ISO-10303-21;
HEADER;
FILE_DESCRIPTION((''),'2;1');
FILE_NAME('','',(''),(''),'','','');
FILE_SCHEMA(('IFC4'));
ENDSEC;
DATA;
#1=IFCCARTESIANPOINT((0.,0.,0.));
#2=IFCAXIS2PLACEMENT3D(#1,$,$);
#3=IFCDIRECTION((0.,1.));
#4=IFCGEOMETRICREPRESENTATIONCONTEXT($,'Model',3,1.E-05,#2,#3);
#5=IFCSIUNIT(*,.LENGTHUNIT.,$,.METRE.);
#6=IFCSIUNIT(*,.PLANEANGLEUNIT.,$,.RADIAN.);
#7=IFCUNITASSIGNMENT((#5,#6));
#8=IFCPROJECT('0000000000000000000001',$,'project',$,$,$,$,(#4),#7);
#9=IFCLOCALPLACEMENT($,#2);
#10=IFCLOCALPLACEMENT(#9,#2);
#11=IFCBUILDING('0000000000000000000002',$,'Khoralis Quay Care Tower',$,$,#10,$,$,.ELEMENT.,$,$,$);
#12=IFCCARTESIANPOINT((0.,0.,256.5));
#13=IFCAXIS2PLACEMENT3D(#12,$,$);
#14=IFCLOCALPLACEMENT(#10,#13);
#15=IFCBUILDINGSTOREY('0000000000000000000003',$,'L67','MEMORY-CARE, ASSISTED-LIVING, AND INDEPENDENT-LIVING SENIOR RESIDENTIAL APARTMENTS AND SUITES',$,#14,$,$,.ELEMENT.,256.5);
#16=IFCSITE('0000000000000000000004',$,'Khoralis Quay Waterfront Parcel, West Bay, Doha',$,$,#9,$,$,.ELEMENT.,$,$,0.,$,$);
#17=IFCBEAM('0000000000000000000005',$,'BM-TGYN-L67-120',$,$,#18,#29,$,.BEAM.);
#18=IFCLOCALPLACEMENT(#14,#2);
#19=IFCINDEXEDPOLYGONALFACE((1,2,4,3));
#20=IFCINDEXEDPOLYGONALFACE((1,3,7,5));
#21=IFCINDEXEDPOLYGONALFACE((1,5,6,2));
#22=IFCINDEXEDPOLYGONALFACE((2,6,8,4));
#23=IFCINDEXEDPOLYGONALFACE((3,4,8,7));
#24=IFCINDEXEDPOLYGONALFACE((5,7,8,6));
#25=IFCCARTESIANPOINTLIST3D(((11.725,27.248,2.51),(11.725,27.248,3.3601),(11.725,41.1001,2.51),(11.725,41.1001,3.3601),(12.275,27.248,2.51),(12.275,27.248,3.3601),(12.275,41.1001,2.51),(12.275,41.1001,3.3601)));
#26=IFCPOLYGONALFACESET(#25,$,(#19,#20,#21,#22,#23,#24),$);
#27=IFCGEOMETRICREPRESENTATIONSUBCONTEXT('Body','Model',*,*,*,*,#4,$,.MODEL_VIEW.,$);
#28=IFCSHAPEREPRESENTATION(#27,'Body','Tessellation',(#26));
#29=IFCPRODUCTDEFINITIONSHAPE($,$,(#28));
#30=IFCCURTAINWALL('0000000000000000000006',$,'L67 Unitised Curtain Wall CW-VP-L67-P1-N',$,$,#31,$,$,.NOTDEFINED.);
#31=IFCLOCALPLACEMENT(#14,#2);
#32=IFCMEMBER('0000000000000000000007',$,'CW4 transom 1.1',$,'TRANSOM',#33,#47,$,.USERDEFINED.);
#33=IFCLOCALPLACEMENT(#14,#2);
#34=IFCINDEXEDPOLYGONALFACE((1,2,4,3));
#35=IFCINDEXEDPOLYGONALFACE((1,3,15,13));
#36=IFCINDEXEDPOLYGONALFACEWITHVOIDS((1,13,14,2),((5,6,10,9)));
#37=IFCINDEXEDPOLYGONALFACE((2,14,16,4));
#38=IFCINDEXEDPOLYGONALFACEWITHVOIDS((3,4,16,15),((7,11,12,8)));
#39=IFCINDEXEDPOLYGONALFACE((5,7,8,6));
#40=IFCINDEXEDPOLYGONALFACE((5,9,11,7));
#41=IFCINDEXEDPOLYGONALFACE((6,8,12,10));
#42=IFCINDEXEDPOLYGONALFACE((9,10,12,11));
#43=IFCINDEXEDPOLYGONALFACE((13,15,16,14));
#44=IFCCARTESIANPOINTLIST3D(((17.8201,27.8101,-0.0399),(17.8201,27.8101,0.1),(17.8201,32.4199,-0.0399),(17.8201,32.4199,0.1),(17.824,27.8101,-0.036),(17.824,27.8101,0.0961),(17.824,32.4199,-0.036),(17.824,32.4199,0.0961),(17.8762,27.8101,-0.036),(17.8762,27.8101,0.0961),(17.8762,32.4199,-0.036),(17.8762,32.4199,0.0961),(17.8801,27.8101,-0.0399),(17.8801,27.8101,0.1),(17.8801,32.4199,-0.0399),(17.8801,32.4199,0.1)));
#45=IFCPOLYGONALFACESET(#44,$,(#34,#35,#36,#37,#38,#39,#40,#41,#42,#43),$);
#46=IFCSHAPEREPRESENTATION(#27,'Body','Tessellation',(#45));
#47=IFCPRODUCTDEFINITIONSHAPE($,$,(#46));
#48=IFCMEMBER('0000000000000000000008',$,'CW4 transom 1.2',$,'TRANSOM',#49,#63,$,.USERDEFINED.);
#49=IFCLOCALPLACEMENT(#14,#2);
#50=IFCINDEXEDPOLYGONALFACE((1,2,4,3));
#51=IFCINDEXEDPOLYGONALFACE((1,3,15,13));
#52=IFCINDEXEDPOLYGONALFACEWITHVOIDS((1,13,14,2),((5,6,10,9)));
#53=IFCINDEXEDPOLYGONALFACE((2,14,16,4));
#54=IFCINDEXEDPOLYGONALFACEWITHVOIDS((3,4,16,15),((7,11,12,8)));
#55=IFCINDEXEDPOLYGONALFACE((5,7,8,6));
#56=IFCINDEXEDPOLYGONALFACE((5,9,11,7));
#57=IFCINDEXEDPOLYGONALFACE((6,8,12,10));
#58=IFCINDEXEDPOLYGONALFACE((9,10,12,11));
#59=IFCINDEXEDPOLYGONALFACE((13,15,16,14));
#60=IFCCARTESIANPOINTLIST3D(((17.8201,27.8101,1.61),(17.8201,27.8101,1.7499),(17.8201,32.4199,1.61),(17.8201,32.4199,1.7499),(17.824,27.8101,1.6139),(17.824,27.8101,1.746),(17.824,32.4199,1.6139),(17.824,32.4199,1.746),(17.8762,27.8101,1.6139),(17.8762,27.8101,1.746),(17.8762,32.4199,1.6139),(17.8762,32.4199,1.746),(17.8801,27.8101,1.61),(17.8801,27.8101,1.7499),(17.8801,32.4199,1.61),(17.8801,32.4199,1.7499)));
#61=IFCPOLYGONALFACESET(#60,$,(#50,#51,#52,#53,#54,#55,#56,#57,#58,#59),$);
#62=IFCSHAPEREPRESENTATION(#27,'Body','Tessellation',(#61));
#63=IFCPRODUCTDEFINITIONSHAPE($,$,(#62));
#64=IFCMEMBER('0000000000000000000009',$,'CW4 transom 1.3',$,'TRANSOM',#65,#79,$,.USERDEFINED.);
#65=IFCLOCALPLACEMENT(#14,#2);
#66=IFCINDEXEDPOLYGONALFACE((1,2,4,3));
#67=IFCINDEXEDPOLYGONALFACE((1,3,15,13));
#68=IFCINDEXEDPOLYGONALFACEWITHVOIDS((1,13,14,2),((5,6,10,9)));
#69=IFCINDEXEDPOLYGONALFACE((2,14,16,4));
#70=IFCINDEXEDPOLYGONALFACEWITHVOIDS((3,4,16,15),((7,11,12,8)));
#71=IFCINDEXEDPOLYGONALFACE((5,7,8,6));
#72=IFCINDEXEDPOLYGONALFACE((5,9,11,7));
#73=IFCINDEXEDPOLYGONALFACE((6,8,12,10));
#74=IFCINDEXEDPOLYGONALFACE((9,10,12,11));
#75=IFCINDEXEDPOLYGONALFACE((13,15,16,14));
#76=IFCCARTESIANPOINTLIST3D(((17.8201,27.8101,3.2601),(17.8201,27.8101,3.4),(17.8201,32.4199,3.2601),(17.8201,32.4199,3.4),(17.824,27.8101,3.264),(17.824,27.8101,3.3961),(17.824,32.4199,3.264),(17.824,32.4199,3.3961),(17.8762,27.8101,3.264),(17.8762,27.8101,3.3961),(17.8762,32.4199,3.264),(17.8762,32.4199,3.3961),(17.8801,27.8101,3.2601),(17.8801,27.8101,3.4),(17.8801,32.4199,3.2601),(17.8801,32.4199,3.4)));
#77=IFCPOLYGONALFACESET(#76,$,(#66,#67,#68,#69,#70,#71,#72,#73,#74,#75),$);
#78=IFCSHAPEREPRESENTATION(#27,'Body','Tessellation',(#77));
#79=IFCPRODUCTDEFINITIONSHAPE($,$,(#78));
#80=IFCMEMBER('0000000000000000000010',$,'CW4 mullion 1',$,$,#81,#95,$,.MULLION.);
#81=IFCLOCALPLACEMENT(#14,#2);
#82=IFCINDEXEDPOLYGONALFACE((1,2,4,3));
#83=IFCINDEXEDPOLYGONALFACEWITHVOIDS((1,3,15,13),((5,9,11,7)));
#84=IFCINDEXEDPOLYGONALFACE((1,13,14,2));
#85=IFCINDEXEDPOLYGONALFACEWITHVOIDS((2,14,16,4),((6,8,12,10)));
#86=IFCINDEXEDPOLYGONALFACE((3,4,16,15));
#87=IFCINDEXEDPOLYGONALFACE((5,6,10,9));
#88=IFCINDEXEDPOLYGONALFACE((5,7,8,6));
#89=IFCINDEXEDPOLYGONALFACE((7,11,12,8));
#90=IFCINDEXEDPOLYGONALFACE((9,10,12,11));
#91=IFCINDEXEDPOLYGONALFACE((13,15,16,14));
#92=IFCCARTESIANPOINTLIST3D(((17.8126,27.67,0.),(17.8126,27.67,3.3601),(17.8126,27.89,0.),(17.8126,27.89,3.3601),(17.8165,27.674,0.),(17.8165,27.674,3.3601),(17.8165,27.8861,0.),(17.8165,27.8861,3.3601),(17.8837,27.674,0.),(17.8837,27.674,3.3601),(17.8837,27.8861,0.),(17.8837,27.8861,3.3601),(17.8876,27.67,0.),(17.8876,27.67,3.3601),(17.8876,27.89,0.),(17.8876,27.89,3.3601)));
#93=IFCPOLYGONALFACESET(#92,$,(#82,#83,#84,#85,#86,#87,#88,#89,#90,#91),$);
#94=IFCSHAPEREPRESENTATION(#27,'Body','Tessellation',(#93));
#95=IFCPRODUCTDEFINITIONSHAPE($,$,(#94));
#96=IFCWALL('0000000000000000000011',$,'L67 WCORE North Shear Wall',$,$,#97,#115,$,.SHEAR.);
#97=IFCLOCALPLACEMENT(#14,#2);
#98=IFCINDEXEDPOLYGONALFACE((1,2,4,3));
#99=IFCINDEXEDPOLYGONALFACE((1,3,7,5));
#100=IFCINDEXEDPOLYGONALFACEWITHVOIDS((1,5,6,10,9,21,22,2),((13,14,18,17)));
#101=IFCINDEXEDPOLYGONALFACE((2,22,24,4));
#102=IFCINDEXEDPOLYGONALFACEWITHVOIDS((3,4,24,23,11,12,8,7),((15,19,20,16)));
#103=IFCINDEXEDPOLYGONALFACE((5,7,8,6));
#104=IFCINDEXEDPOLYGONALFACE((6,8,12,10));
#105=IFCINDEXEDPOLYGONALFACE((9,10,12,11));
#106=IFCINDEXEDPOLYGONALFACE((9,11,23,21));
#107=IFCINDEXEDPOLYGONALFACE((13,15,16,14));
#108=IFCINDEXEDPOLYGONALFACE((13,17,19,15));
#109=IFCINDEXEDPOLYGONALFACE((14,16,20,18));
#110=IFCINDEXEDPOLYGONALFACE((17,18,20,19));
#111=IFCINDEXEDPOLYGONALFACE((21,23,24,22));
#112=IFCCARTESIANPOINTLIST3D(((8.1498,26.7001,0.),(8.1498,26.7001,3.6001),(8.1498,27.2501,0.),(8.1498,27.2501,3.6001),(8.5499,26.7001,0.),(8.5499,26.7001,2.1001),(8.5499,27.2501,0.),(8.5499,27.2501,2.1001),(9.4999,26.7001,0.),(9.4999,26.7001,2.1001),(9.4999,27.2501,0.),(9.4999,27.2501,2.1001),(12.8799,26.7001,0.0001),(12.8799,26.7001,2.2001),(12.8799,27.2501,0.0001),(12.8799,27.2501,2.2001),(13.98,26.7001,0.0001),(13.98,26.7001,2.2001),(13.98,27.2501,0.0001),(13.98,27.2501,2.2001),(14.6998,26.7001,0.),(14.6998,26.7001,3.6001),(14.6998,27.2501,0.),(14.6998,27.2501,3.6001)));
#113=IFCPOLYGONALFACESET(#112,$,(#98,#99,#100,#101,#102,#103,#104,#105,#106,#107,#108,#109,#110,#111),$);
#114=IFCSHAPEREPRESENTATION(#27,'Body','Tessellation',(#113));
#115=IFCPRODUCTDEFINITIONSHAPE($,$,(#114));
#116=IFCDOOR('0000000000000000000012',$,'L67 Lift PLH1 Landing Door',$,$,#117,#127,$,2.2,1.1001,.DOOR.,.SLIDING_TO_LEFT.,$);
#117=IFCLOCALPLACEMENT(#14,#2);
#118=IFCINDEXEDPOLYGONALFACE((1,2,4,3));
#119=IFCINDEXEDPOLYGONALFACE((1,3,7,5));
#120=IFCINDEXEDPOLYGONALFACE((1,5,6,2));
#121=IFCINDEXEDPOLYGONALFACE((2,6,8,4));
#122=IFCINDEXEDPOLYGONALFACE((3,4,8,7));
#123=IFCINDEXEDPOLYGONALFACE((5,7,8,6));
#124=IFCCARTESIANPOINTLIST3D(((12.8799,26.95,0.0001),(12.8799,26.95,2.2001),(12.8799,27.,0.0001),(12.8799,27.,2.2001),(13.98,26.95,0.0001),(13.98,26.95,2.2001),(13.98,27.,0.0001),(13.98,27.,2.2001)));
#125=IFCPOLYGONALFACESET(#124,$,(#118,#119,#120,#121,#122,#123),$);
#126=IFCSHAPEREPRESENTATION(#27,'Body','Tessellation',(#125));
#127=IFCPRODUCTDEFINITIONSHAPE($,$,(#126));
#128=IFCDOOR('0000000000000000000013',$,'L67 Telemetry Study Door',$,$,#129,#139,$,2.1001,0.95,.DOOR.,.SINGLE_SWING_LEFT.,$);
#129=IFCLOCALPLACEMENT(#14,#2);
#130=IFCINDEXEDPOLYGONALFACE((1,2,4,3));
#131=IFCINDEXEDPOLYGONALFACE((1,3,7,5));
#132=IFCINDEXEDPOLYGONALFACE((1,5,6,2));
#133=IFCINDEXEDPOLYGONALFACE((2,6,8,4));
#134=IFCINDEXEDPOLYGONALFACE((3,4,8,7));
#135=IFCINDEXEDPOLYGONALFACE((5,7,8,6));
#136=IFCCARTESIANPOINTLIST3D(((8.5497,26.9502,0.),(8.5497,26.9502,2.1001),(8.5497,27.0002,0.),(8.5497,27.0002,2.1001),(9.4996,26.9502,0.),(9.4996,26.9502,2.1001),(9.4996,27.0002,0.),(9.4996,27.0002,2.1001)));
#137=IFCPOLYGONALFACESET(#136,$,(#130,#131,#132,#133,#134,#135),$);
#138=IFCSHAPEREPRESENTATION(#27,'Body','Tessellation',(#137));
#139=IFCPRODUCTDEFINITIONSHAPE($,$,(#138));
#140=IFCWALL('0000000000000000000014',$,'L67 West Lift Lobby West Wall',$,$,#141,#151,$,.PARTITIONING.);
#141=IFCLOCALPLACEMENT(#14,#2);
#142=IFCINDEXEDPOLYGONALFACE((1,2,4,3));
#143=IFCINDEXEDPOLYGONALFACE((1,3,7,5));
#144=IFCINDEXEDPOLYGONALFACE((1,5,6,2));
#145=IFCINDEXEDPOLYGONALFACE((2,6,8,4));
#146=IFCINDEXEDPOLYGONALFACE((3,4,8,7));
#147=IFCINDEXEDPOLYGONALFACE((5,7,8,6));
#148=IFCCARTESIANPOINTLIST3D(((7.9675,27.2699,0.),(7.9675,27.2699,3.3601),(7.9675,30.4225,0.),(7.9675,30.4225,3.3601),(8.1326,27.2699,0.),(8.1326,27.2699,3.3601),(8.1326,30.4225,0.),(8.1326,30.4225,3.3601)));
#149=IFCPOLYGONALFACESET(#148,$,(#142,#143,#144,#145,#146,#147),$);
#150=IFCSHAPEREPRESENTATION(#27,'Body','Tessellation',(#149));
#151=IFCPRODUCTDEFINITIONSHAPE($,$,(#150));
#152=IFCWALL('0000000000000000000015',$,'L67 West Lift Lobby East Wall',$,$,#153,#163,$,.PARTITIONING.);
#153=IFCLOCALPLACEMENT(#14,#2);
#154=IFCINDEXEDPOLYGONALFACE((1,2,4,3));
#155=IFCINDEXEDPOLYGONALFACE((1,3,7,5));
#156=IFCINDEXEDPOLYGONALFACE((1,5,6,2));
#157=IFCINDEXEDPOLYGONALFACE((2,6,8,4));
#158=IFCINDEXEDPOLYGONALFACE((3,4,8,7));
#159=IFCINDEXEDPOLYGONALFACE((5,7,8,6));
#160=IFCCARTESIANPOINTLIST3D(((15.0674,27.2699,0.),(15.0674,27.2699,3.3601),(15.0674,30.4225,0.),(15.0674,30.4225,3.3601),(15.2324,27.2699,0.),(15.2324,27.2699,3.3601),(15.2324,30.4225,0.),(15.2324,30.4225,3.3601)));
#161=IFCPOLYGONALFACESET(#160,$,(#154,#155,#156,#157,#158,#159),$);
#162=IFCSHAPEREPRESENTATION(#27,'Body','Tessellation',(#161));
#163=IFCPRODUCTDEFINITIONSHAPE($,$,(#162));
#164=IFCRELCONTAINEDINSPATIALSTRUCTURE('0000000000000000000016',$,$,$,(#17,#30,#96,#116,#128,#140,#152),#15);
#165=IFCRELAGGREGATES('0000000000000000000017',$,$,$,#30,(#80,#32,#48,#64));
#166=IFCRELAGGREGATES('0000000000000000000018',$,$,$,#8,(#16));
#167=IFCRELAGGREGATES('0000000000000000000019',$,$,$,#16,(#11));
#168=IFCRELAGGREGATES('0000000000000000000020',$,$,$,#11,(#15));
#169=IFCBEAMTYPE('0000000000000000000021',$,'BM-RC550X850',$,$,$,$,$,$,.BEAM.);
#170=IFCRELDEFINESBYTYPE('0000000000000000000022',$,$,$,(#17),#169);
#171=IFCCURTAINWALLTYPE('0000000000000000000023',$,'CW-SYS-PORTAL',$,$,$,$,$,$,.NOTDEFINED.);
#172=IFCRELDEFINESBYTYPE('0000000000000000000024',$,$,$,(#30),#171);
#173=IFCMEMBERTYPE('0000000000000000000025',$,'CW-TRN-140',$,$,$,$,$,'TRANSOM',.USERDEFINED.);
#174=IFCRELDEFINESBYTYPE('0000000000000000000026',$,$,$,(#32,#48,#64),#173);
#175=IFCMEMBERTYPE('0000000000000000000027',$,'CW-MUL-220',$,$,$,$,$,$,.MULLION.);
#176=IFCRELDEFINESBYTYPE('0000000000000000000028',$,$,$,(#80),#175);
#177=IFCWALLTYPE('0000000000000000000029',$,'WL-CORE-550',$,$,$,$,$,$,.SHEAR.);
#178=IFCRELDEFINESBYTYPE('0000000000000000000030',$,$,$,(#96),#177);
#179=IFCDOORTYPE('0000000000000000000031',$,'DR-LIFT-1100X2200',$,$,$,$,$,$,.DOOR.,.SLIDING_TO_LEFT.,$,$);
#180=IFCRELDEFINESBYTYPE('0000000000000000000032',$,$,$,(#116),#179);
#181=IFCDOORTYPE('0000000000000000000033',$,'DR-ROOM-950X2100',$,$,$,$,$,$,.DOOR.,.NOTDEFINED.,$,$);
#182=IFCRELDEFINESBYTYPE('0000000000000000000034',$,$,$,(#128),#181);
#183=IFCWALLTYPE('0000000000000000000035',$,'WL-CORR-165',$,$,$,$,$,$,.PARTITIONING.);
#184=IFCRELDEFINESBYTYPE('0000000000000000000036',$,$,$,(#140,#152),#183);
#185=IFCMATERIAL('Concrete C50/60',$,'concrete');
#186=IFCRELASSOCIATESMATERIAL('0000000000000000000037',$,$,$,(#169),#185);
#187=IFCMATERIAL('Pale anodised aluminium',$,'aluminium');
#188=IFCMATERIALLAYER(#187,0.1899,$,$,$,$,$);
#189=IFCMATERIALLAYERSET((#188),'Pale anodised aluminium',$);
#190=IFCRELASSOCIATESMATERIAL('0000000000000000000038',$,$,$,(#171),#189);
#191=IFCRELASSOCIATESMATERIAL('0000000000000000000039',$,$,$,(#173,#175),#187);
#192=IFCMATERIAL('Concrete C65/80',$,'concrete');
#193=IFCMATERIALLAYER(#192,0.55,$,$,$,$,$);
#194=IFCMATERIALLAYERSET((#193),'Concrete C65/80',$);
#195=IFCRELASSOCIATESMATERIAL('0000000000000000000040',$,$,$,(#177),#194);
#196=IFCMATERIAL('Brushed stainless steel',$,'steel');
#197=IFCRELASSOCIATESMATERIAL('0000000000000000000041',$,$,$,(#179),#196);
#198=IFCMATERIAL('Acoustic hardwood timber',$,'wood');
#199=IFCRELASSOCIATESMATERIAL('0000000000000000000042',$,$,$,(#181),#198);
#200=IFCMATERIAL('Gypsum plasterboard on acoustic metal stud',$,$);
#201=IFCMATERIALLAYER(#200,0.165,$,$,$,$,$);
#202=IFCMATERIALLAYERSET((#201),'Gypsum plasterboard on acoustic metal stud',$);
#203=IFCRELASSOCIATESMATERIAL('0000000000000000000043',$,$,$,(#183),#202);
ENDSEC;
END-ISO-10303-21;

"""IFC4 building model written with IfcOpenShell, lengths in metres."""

from ifc_helpers import new_model, si_unit, direction, frame, frame_2d, origin, origin_2d, place, context, subcontext, project, spatial, rectangle, hollow_rectangle, extrude, source, transform, mapped, material, layer, layer_set, material_profile, profile_set, type_object, element, fill, aggregate, save


model = new_model("IFC4")

# Units and contexts
model_context = context("Model", 3, precision=1e-05, world=origin(), true_north=direction((0.0, 1.0)))
body_context = subcontext(model_context, "Body", "Model", "MODEL_VIEW")
ifc_project = project(units=[si_unit("LENGTHUNIT", "METRE"), si_unit("PLANEANGLEUNIT", "RADIAN")], contexts=[model_context])

# Site, building, storey
site_placement = place(None, origin())
site = spatial("IfcSite", under=ifc_project, at=site_placement, Name="Khoralis Quay Waterfront Parcel, West Bay, Doha", CompositionType="ELEMENT", RefElevation=0.0)
building_placement = place(site_placement, origin())
building = spatial("IfcBuilding", under=site, at=building_placement, Name="Khoralis Quay Care Tower", CompositionType="ELEMENT")
storey_placement = place(building_placement, frame((0.0, 0.0, 256.5)))
storey = spatial("IfcBuildingStorey", under=building, at=storey_placement, Name="L67", Description="MEMORY-CARE, ASSISTED-LIVING, AND INDEPENDENT-LIVING SENIOR RESIDENTIAL APARTMENTS AND SUITES", CompositionType="ELEMENT", Elevation=256.5)

# Shared definitions
ifc_material_1 = material(Name="Concrete C50/60", Category="concrete")

# Beam
ifc_material_profile_1 = material_profile(ifc_material_1, rectangle(XDim=0.55, YDim=0.8501, at=origin_2d()), Name="Concrete C50/60")
ifc_profile_set_1 = profile_set([ifc_material_profile_1], Name="Concrete C50/60")
beam_type_1 = type_object("IfcBeamType", Name="BM-RC550X850", PredefinedType="BEAM", material=ifc_profile_set_1)
shared_shape_1 = source(origin(), body_context, "Body", "SweptSolid", [
    extrude(rectangle(XDim=0.55, YDim=0.8501, at=origin_2d()), origin(), (0.0, 0.0, 1.0), 13.8521),
])
beam_1_placement = place(storey_placement, frame((12.0, 27.248, 2.9351), z_axis=(0.0, 1.0, 0.0), x_axis=(-1.0, 0.0, 0.0)))
element("IfcBeam", 1, at=beam_1_placement, inside=storey, type_object=beam_type_1, Name="BM-TGYN-L67-120", PredefinedType="BEAM", context=body_context, shape_type="MappedRepresentation", body=[
    mapped(shared_shape_1, transform((0.0, 0.0, 0.0), scale=1.0)),
])

# Curtain wall, members
ifc_material_2 = material(Name="Pale anodised aluminium", Category="aluminium")
ifc_layer_1 = layer(ifc_material_2, 0.1899)
ifc_layer_set_1 = layer_set([ifc_layer_1], Name="Pale anodised aluminium")
curtain_wall_type = type_object("IfcCurtainWallType", Name="CW-SYS-PORTAL", PredefinedType="NOTDEFINED", material=ifc_layer_set_1)
curtain_wall_placement = place(storey_placement, origin())
curtain_wall = element("IfcCurtainWall", 2, at=curtain_wall_placement, inside=storey, type_object=curtain_wall_type, Name="L67 Unitised Curtain Wall CW-VP-L67-P1-N", PredefinedType="NOTDEFINED")
ifc_material_profile_2 = material_profile(ifc_material_2, hollow_rectangle(XDim=0.0601, YDim=0.1399, WallThickness=0.0039, at=origin_2d()), Name="Pale anodised aluminium")
ifc_profile_set_2 = profile_set([ifc_material_profile_2], Name="Pale anodised aluminium")
member_type_1 = type_object("IfcMemberType", Name="CW-TRN-140", ElementType="TRANSOM", PredefinedType="USERDEFINED", material=ifc_profile_set_2)
shared_shape_2 = source(origin(), body_context, "Body", "SweptSolid", [
    extrude(hollow_rectangle(XDim=0.0601, YDim=0.1399, WallThickness=0.0039, at=origin_2d()), origin(), (0.0, 0.0, 1.0), 4.6099),
])
member_1_placement = place(storey_placement, frame((17.8501, 27.8101, 0.03), z_axis=(0.0, 1.0, 0.0), x_axis=(-1.0, 0.0, 0.0)))
member_1 = element("IfcMember", 3, at=member_1_placement, type_object=member_type_1, Name="CW4 transom 1.1", ObjectType="TRANSOM", PredefinedType="USERDEFINED", context=body_context, shape_type="MappedRepresentation", body=[
    mapped(shared_shape_2, transform((0.0, 0.0, 0.0), scale=1.0)),
])
member_2_placement = place(storey_placement, frame((17.8501, 27.8101, 1.6799), z_axis=(0.0, 1.0, 0.0), x_axis=(-1.0, 0.0, 0.0)))
member_2 = element("IfcMember", 4, at=member_2_placement, type_object=member_type_1, Name="CW4 transom 1.2", ObjectType="TRANSOM", PredefinedType="USERDEFINED", context=body_context, shape_type="MappedRepresentation", body=[
    mapped(shared_shape_2, transform((0.0, 0.0, 0.0), scale=1.0)),
])
member_3_placement = place(storey_placement, frame((17.8501, 27.8101, 3.3301), z_axis=(0.0, 1.0, 0.0), x_axis=(-1.0, 0.0, 0.0)))
member_3 = element("IfcMember", 5, at=member_3_placement, type_object=member_type_1, Name="CW4 transom 1.3", ObjectType="TRANSOM", PredefinedType="USERDEFINED", context=body_context, shape_type="MappedRepresentation", body=[
    mapped(shared_shape_2, transform((0.0, 0.0, 0.0), scale=1.0)),
])
ifc_material_profile_3 = material_profile(ifc_material_2, hollow_rectangle(XDim=0.075, YDim=0.22, WallThickness=0.0039, at=origin_2d()), Name="Pale anodised aluminium")
ifc_profile_set_3 = profile_set([ifc_material_profile_3], Name="Pale anodised aluminium")
member_type_2 = type_object("IfcMemberType", Name="CW-MUL-220", PredefinedType="MULLION", material=ifc_profile_set_3)
shared_shape_3 = source(origin(), body_context, "Body", "SweptSolid", [
    extrude(hollow_rectangle(XDim=0.075, YDim=0.22, WallThickness=0.0039, at=origin_2d()), origin(), (0.0, 0.0, 1.0), 3.3601),
])
member_4_placement = place(storey_placement, frame((17.8501, 27.78, 0.0), z_axis=(0.0, 0.0, 1.0), x_axis=(-1.0, 0.0, 0.0)))
member_4 = element("IfcMember", 6, at=member_4_placement, type_object=member_type_2, Name="CW4 mullion 1", PredefinedType="MULLION", context=body_context, shape_type="MappedRepresentation", body=[
    mapped(shared_shape_3, transform((0.0, 0.0, 0.0), scale=1.0)),
])
aggregate(curtain_wall, [member_4, member_1, member_2, member_3])

# Wall, openings, doors
ifc_material_3 = material(Name="Concrete C65/80", Category="concrete")
ifc_layer_2 = layer(ifc_material_3, 0.55)
ifc_layer_set_2 = layer_set([ifc_layer_2], Name="Concrete C65/80")
wall_type_1 = type_object("IfcWallType", Name="WL-CORE-550", PredefinedType="SHEAR", material=ifc_layer_set_2)
wall_1_placement = place(storey_placement, frame((8.1499, 26.9751, 0.0), z_axis=(0.0, 0.0, 1.0), x_axis=(1.0, 0.0, 0.0)))
wall_1 = element("IfcWall", 7, at=wall_1_placement, inside=storey, type_object=wall_type_1, Name="L67 WCORE North Shear Wall", PredefinedType="SHEAR", context=body_context, shape_type="SweptSolid", body=[
    extrude(rectangle(XDim=6.55, YDim=0.55, at=frame_2d((3.2749, 0.0))), origin(), (0.0, 0.0, 1.0), 3.6001),
])
opening_1_placement = place(wall_1_placement, frame((0.3999, 0.0, 0.0)))
opening_1 = element("IfcOpeningElement", 8, at=opening_1_placement, cuts=wall_1, PredefinedType="OPENING", context=body_context, shape_type="SweptSolid", body=[
    extrude(rectangle(XDim=0.95, YDim=2.1001, at=frame_2d((0.4751, 1.05))), frame((0.0, 0.2852, 0.0), z_axis=(0.0, -1.0, 0.0), x_axis=(1.0, 0.0, 0.0)), (0.0, 0.0, 1.0), 0.5701),
])
opening_2_placement = place(wall_1_placement, frame((4.73, 0.0, 0.0)))
opening_2 = element("IfcOpeningElement", 9, at=opening_2_placement, cuts=wall_1, PredefinedType="OPENING", context=body_context, shape_type="SweptSolid", body=[
    extrude(rectangle(XDim=1.1001, YDim=2.2, at=frame_2d((0.55, 1.1001))), frame((0.0, 0.2852, 0.0), z_axis=(0.0, -1.0, 0.0), x_axis=(1.0, 0.0, 0.0)), (0.0, 0.0, 1.0), 0.5701),
])
ifc_material_4 = material(Name="Brushed stainless steel", Category="steel")
door_type_1 = type_object("IfcDoorType", Name="DR-LIFT-1100X2200", OperationType="SLIDING_TO_LEFT", PredefinedType="DOOR", material=ifc_material_4)
shared_shape_4 = source(origin(), body_context, "Body", "SweptSolid", [
    extrude(rectangle(XDim=1.1001, YDim=2.2, at=frame_2d((0.55, 1.1001))), frame((0.0, 0.0249, 0.0), z_axis=(0.0, -1.0, 0.0), x_axis=(1.0, 0.0, 0.0)), (0.0, 0.0, 1.0), 0.05),
])
door_1_placement = place(opening_2_placement, origin())
door_1 = element("IfcDoor", 10, at=door_1_placement, inside=storey, type_object=door_type_1, Name="L67 Lift PLH1 Landing Door", OperationType="SLIDING_TO_LEFT", OverallHeight=2.2, OverallWidth=1.1001, PredefinedType="DOOR", context=body_context, shape_type="MappedRepresentation", body=[
    mapped(shared_shape_4, transform((0.0, 0.0, 0.0), scale=1.0)),
])
fill(opening_2, door_1)
ifc_material_5 = material(Name="Acoustic hardwood timber", Category="wood")
door_type_2 = type_object("IfcDoorType", Name="DR-ROOM-950X2100", OperationType="NOTDEFINED", PredefinedType="DOOR", material=ifc_material_5)
shared_shape_5 = source(origin(), body_context, "Body", "SweptSolid", [
    extrude(rectangle(XDim=0.95, YDim=2.1001, at=frame_2d((0.4751, 1.05))), frame((0.0, 0.0249, 0.0), z_axis=(0.0, -1.0, 0.0), x_axis=(1.0, 0.0, 0.0)), (0.0, 0.0, 1.0), 0.05),
])
door_2_placement = place(opening_1_placement, frame((0.95, 0.0, 0.0), z_axis=(0.0, 0.0, 1.0), x_axis=(-1.0, 0.0, 0.0)))
door_2 = element("IfcDoor", 11, at=door_2_placement, inside=storey, type_object=door_type_2, Name="L67 Telemetry Study Door", OperationType="SINGLE_SWING_LEFT", OverallHeight=2.1001, OverallWidth=0.95, PredefinedType="DOOR", context=body_context, shape_type="MappedRepresentation", body=[
    mapped(shared_shape_5, transform((0.0, 0.0, 0.0), scale=1.0)),
])
fill(opening_1, door_2)

# Walls
ifc_material_6 = material(Name="Gypsum plasterboard on acoustic metal stud")
ifc_layer_3 = layer(ifc_material_6, 0.165)
ifc_layer_set_3 = layer_set([ifc_layer_3], Name="Gypsum plasterboard on acoustic metal stud")
wall_type_2 = type_object("IfcWallType", Name="WL-CORR-165", PredefinedType="PARTITIONING", material=ifc_layer_set_3)
for number, where, z_axis, x_axis, name in (
    (12, (8.05, 27.27, 0.0), (0.0, 0.0, 1.0), (0.0, 1.0, 0.0), "L67 West Lift Lobby West Wall"),
    (13, (15.1499, 27.27, 0.0), (0.0, 0.0, 1.0), (0.0, 1.0, 0.0), "L67 West Lift Lobby East Wall"),
):
    element("IfcWall", number, at=place(storey_placement, frame(where, z_axis=z_axis, x_axis=x_axis)), inside=storey, type_object=wall_type_2, Name=name, PredefinedType="PARTITIONING", context=body_context, shape_type="SweptSolid", body=[
        extrude(rectangle(XDim=3.1526, YDim=0.165, at=frame_2d((1.5762, 0.0))), origin(), (0.0, 0.0, 1.0), 3.3601),
    ])

save(model, "model.ifc")
